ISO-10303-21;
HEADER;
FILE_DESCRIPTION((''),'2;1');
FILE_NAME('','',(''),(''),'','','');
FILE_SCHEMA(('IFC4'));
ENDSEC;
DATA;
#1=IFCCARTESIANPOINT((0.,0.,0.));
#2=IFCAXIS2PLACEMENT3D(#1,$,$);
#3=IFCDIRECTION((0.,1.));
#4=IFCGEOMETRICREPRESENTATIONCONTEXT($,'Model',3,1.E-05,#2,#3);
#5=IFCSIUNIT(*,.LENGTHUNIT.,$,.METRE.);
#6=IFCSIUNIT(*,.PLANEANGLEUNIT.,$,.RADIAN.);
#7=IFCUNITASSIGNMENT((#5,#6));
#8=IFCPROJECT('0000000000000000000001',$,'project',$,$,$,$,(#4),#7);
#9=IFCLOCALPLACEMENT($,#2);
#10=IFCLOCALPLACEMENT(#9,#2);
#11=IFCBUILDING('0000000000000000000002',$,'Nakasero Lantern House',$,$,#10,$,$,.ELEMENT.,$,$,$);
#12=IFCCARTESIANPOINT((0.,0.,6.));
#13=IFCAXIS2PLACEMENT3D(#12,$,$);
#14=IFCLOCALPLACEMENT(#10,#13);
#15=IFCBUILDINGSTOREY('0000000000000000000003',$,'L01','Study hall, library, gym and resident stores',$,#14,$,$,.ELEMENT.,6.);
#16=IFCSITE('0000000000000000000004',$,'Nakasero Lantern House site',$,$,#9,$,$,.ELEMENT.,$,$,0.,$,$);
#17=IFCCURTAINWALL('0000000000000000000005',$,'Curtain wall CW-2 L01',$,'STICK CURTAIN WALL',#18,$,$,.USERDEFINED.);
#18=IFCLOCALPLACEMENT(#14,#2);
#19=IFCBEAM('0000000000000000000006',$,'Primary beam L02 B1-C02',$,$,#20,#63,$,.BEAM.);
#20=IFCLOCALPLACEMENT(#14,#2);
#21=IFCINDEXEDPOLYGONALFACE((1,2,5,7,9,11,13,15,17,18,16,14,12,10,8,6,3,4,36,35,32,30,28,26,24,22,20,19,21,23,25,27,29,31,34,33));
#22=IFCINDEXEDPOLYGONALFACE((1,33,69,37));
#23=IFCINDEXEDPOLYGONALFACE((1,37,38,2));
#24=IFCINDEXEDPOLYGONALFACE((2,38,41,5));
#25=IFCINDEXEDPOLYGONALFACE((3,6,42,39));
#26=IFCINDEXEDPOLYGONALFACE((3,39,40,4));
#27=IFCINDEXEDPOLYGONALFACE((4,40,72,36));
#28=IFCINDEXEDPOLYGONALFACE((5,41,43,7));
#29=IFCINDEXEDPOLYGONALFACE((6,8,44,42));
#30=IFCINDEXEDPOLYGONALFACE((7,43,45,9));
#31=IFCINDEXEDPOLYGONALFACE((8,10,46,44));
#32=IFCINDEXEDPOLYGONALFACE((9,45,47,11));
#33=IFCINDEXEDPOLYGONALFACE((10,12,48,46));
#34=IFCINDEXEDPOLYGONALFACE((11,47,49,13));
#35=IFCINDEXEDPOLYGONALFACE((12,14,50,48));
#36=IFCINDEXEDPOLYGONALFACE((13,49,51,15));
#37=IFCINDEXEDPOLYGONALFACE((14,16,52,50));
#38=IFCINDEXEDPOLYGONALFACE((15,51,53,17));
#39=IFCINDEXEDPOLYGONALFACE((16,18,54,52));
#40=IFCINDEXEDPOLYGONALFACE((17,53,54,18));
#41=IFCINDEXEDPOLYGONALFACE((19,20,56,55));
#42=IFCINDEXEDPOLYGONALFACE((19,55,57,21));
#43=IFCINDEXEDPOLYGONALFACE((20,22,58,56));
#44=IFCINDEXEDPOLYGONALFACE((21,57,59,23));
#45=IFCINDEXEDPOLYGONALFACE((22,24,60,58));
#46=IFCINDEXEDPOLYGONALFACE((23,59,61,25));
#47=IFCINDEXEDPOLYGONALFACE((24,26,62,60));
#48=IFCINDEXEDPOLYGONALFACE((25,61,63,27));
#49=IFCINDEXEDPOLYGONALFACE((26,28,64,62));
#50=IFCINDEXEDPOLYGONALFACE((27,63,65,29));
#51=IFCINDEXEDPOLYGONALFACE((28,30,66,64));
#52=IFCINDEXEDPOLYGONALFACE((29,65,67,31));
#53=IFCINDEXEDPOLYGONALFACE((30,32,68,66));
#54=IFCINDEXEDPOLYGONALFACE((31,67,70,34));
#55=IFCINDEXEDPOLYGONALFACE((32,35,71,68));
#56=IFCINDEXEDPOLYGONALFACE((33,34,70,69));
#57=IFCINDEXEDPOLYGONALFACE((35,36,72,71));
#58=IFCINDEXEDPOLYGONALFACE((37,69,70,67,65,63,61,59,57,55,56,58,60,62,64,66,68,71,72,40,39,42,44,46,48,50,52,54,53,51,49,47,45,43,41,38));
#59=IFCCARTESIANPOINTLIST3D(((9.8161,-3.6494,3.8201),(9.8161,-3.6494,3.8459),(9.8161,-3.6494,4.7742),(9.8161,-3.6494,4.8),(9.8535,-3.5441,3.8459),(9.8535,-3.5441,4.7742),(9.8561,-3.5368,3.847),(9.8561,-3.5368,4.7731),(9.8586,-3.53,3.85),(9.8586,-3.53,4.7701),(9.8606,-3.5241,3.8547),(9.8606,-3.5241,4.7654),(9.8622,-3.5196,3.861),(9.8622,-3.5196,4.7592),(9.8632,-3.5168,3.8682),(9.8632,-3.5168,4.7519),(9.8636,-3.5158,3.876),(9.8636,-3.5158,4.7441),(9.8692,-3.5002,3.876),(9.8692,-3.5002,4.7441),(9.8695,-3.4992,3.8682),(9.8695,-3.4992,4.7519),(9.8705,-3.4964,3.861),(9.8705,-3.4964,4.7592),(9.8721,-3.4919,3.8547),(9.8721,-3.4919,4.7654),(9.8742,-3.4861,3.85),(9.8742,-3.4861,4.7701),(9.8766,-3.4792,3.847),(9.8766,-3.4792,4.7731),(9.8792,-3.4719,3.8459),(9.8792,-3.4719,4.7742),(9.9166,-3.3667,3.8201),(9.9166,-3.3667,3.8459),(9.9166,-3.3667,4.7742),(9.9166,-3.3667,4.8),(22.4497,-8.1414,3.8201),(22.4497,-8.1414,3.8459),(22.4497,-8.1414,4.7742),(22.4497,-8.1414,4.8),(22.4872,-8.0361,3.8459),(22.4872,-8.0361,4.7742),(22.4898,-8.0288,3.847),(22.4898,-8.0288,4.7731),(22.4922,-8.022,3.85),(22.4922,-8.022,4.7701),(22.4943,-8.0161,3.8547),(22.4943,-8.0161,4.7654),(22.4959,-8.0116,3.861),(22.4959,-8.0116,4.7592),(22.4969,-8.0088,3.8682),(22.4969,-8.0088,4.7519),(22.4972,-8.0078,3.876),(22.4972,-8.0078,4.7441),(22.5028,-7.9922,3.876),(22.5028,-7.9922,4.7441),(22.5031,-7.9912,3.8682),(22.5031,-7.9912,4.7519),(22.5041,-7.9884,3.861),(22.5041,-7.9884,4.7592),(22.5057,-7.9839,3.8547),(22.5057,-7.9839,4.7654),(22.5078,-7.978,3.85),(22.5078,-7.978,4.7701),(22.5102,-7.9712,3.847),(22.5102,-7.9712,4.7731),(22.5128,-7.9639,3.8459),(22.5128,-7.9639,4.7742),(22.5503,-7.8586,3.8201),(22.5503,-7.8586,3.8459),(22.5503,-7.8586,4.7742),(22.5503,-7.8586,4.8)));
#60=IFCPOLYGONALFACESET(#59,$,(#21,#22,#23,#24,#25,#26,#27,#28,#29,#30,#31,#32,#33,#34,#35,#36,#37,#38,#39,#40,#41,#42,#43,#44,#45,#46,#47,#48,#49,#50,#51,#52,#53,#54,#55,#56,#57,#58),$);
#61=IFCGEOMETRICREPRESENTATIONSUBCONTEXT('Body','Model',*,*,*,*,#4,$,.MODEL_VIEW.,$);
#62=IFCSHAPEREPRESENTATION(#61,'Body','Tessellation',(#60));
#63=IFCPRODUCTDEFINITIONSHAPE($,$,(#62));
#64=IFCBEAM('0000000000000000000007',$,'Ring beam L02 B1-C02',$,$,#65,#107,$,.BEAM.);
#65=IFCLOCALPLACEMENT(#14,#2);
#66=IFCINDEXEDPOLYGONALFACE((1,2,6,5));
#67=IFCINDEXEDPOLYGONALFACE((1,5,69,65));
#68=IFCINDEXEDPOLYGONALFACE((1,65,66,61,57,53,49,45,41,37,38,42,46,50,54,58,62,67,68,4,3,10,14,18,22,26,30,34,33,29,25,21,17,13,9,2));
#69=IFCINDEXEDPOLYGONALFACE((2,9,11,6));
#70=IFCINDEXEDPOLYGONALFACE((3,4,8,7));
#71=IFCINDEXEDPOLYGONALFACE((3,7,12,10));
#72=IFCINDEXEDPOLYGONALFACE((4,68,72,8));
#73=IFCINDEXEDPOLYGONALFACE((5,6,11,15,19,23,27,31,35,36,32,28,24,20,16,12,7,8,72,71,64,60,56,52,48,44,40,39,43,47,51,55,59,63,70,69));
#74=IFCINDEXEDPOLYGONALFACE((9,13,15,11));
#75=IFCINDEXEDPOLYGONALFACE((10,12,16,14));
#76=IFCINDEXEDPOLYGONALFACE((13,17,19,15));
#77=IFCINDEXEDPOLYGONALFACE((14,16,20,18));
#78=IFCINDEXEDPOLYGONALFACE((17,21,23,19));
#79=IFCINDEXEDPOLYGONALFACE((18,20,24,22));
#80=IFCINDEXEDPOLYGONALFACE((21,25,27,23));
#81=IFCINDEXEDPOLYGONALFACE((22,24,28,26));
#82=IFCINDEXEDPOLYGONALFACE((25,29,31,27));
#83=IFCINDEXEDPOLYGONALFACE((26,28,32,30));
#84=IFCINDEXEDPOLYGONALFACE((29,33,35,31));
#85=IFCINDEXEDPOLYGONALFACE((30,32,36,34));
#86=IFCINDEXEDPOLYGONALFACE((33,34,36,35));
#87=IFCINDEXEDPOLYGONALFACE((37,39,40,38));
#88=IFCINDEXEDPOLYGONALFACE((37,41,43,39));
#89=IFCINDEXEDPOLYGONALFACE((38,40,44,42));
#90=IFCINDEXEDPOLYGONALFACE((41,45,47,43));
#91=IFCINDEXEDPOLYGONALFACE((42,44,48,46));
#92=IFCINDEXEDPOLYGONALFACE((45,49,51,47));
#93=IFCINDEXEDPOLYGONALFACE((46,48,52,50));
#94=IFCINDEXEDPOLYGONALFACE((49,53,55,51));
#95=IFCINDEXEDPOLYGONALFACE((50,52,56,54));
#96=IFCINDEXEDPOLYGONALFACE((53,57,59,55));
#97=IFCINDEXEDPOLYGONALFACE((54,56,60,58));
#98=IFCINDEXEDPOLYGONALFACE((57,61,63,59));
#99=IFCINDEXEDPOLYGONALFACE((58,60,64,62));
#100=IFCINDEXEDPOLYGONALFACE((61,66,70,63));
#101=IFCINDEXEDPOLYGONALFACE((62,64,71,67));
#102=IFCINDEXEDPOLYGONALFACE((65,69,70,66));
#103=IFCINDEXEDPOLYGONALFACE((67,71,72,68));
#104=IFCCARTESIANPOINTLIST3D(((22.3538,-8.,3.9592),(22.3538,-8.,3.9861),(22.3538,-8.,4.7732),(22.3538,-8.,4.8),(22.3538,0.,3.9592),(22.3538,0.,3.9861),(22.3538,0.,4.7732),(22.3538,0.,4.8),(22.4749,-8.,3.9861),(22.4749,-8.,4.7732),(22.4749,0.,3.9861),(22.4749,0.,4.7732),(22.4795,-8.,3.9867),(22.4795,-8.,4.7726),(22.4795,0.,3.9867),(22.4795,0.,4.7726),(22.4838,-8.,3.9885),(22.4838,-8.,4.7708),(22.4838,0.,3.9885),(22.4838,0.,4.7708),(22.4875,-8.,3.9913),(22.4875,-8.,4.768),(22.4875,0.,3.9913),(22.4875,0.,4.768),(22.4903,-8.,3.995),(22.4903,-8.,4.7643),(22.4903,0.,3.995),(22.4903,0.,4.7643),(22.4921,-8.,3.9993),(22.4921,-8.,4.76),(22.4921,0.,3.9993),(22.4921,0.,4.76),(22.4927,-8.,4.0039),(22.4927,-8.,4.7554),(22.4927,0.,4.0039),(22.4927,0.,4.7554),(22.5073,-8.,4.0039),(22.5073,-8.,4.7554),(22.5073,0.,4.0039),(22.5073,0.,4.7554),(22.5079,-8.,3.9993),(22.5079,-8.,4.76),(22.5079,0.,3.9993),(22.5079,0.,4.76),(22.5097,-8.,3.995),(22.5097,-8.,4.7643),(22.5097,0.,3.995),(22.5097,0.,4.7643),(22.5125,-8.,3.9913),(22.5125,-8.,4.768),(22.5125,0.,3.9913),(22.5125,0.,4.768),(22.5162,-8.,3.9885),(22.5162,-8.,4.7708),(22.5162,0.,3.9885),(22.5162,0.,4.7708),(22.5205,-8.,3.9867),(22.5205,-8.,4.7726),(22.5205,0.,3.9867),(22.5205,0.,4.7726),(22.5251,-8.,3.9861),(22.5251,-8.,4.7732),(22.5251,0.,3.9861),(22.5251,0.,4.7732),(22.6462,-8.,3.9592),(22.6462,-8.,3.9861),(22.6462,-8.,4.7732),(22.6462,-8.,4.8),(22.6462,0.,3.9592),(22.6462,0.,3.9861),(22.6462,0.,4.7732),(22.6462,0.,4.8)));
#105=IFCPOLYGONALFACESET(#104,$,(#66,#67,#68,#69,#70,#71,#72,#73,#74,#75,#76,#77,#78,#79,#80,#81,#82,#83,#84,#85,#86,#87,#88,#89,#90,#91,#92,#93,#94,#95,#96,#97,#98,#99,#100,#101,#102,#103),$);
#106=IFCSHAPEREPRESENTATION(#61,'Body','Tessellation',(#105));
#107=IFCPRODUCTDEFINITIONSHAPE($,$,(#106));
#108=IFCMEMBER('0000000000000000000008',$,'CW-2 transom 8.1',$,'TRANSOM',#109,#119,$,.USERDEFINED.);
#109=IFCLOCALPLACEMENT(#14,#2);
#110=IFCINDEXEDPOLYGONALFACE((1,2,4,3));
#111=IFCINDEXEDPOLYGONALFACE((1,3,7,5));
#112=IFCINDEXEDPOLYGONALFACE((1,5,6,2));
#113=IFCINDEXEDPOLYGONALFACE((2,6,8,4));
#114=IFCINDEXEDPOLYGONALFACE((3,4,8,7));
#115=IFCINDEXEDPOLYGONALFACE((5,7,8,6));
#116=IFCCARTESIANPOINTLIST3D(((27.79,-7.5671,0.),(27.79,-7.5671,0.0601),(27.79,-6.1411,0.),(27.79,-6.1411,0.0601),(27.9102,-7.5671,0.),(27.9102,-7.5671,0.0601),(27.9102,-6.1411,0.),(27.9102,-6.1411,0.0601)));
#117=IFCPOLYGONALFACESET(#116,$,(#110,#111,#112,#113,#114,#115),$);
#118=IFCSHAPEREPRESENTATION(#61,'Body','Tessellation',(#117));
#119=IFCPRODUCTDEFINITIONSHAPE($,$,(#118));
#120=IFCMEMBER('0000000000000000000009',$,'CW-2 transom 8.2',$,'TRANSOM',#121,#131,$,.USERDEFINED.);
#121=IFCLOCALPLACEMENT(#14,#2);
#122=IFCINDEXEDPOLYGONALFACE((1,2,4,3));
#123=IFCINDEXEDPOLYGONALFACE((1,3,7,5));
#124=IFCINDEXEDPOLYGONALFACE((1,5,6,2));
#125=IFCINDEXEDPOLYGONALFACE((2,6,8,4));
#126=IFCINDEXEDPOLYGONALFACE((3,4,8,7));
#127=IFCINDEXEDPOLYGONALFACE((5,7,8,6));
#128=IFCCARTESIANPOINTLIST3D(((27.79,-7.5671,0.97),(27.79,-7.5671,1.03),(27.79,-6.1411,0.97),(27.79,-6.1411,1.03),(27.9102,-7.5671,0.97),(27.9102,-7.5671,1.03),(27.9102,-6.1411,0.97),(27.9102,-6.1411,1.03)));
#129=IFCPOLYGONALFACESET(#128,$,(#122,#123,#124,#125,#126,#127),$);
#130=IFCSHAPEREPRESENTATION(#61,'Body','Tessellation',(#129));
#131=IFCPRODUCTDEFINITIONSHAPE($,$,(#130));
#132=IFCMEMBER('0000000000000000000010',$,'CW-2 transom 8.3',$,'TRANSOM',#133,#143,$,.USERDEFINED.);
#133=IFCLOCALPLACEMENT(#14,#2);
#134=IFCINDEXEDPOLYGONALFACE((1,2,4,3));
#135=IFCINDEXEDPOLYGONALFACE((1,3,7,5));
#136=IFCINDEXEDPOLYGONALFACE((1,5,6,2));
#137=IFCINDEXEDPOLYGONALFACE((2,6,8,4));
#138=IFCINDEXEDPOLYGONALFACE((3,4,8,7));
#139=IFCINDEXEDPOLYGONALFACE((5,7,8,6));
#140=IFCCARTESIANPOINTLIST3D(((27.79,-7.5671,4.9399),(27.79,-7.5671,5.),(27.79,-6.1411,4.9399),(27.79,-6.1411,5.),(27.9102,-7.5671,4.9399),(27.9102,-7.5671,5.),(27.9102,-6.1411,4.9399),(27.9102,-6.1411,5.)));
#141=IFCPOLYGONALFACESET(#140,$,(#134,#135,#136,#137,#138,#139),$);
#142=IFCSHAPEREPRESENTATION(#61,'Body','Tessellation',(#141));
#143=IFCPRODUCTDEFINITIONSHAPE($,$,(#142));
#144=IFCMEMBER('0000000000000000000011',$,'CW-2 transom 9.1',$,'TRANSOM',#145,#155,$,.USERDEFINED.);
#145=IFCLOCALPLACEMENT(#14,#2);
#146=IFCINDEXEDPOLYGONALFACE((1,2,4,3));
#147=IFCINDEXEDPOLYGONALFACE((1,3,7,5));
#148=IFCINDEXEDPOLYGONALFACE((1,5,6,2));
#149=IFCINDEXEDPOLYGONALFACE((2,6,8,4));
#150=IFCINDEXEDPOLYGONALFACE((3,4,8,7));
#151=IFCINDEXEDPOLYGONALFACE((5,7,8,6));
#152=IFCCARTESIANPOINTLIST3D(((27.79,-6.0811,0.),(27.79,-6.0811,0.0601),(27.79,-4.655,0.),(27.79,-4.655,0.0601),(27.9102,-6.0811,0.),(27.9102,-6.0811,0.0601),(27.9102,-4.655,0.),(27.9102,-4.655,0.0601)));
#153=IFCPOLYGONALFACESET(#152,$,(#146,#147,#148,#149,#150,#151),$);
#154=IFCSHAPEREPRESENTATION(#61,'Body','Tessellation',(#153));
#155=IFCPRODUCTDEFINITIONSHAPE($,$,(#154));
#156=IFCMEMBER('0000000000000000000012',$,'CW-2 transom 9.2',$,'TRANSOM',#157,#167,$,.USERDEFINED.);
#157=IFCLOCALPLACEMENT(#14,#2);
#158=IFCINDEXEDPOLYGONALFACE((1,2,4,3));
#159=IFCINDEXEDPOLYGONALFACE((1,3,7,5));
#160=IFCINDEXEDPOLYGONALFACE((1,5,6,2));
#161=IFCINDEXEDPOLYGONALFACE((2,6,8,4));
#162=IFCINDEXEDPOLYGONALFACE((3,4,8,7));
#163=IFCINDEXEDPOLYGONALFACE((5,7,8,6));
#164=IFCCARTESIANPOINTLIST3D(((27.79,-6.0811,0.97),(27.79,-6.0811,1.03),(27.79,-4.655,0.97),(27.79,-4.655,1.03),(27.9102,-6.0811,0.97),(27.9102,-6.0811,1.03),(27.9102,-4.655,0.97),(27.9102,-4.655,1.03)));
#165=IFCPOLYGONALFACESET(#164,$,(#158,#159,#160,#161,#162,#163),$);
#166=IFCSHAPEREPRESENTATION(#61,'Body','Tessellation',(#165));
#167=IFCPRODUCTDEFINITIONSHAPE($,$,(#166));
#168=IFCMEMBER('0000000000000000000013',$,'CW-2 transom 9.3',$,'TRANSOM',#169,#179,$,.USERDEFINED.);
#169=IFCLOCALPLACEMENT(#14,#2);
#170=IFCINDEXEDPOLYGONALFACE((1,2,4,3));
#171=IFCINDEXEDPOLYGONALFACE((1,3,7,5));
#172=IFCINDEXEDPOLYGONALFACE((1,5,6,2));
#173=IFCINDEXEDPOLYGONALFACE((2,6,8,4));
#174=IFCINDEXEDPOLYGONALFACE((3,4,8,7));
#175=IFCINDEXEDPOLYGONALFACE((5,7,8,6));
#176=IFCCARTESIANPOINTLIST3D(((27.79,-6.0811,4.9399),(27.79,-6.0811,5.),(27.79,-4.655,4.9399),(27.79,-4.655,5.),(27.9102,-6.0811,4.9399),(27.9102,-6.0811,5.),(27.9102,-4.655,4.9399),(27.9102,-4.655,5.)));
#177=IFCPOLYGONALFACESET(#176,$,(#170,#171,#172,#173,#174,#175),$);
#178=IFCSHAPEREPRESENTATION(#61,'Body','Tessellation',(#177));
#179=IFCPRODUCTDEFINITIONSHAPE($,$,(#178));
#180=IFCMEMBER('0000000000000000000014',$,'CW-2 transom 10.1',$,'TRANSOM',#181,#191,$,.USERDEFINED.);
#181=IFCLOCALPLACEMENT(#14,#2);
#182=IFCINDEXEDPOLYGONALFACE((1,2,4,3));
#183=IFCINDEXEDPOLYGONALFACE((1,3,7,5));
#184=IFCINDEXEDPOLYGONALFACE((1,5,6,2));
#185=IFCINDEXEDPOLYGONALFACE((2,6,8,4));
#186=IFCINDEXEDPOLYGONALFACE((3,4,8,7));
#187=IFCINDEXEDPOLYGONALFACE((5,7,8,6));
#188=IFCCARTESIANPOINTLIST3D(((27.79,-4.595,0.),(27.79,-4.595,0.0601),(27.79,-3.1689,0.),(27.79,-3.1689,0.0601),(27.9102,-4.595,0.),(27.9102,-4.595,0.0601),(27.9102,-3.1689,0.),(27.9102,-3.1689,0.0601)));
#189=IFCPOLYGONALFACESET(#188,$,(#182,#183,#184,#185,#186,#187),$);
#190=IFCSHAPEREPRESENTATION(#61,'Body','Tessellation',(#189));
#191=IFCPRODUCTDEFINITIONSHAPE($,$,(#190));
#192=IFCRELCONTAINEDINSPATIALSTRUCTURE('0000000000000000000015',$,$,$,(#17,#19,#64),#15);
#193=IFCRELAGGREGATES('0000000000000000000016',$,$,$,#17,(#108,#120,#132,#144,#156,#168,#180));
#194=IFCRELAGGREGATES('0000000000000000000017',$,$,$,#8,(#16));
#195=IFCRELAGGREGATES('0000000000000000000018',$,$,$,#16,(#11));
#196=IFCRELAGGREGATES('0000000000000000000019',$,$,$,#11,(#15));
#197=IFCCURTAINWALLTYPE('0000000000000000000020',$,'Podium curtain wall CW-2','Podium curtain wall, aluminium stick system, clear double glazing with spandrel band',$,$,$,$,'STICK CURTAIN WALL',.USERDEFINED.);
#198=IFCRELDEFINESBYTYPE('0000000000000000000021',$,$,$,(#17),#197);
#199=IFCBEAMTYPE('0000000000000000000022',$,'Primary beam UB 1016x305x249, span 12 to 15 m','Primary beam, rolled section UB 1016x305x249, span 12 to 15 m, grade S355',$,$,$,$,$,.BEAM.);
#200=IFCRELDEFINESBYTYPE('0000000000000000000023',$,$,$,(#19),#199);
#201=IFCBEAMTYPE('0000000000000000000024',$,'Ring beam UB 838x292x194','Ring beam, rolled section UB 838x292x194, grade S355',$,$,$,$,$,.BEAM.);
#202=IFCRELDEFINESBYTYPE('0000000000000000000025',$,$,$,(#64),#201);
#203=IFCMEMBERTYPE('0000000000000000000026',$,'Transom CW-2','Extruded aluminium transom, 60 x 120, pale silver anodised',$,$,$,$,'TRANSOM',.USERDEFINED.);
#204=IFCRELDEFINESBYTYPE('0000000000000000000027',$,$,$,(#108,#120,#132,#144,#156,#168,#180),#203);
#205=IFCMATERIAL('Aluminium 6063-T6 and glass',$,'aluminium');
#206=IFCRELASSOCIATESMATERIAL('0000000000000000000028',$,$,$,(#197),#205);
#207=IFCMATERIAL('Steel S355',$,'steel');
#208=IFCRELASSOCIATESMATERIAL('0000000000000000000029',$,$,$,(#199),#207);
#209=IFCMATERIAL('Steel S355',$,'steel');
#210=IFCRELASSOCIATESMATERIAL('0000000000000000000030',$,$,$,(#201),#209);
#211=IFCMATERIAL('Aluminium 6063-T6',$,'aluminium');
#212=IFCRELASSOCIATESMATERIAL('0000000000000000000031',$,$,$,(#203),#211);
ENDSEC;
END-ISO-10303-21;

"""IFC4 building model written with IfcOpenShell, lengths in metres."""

from ifc_helpers import new_model, si_unit, direction, frame, origin, origin_2d, place, context, subcontext, project, spatial, rectangle, i_section, extrude, material, material_profile, profile_set, type_object, element, aggregate, save


model = new_model("IFC4")

# Units and contexts
model_context = context("Model", 3, precision=1e-05, world=origin(), true_north=direction((0.0, 1.0)))
body_context = subcontext(model_context, "Body", "Model", "MODEL_VIEW")
ifc_project = project(units=[si_unit("LENGTHUNIT", "METRE"), si_unit("PLANEANGLEUNIT", "RADIAN")], contexts=[model_context])

# Site, building, storey
site_placement = place(None, origin())
site = spatial("IfcSite", under=ifc_project, at=site_placement, Name="Nakasero Lantern House site", CompositionType="ELEMENT", RefElevation=0.0)
building_placement = place(site_placement, origin())
building = spatial("IfcBuilding", under=site, at=building_placement, Name="Nakasero Lantern House", CompositionType="ELEMENT")
storey_placement = place(building_placement, frame((0.0, 0.0, 6.0)))
storey = spatial("IfcBuildingStorey", under=building, at=storey_placement, Name="L01", Description="Study hall, library, gym and resident stores", CompositionType="ELEMENT", Elevation=6.0)

# Curtain wall
ifc_material_1 = material(Name="Aluminium 6063-T6 and glass", Category="aluminium")
curtain_wall_type = type_object("IfcCurtainWallType", Name="Podium curtain wall CW-2", Description="Podium curtain wall, aluminium stick system, clear double glazing with spandrel band", ElementType="STICK CURTAIN WALL", PredefinedType="USERDEFINED", material=ifc_material_1)
curtain_wall_placement = place(storey_placement, origin())
curtain_wall = element("IfcCurtainWall", 1, at=curtain_wall_placement, inside=storey, type_object=curtain_wall_type, Name="Curtain wall CW-2 L01", ObjectType="STICK CURTAIN WALL", PredefinedType="USERDEFINED")

# Beams
ifc_material_2 = material(Name="Steel S355", Category="steel")
ifc_material_profile_1 = material_profile(ifc_material_2, i_section(OverallWidth=0.3, OverallDepth=0.98, WebThickness=0.0166, FlangeThickness=0.0259, FilletRadius=0.03, at=origin_2d()), Name="UB 1016x305x249")
ifc_profile_set_1 = profile_set([ifc_material_profile_1], Name="Steel S355")
beam_type_1 = type_object("IfcBeamType", Name="Primary beam UB 1016x305x249, span 12 to 15 m", Description="Primary beam, rolled section UB 1016x305x249, span 12 to 15 m, grade S355", PredefinedType="BEAM", material=ifc_profile_set_1)
beam_1_placement = place(storey_placement, frame((22.5, -8.0, 4.3101), z_axis=(-0.942214, 0.335011, 0.0), x_axis=(-0.335011, -0.942214, 0.0)))
element("IfcBeam", 2, at=beam_1_placement, inside=storey, type_object=beam_type_1, Name="Primary beam L02 B1-C02", PredefinedType="BEAM", context=body_context, shape_type="SweptSolid", body=[
    extrude(i_section(OverallWidth=0.3, OverallDepth=0.98, WebThickness=0.0166, FlangeThickness=0.0259, FilletRadius=0.03, at=origin_2d()), origin(), (0.0, 0.0, 1.0), 13.4084),
])
ifc_material_3 = material(Name="Steel S355", Category="steel")
ifc_material_profile_2 = material_profile(ifc_material_3, i_section(OverallWidth=0.2925, OverallDepth=0.8408, WebThickness=0.0146, FlangeThickness=0.0269, FilletRadius=0.0178, at=origin_2d()), Name="UB 838x292x194")
ifc_profile_set_2 = profile_set([ifc_material_profile_2], Name="Steel S355")
beam_type_2 = type_object("IfcBeamType", Name="Ring beam UB 838x292x194", Description="Ring beam, rolled section UB 838x292x194, grade S355", PredefinedType="BEAM", material=ifc_profile_set_2)
beam_2_placement = place(storey_placement, frame((22.5, -8.0, 4.3796), z_axis=(0.0, 1.0, 0.0), x_axis=(-1.0, 0.0, 0.0)))
element("IfcBeam", 3, at=beam_2_placement, inside=storey, type_object=beam_type_2, Name="Ring beam L02 B1-C02", PredefinedType="BEAM", context=body_context, shape_type="SweptSolid", body=[
    extrude(i_section(OverallWidth=0.2925, OverallDepth=0.8408, WebThickness=0.0146, FlangeThickness=0.0269, FilletRadius=0.0178, at=origin_2d()), origin(), (0.0, 0.0, 1.0), 8.0),
])

# Members
ifc_material_4 = material(Name="Aluminium 6063-T6", Category="aluminium")
ifc_material_profile_3 = material_profile(ifc_material_4, rectangle(XDim=0.0601, YDim=0.1201, at=origin_2d()), Name="CW-2 transom 60x120")
ifc_profile_set_3 = profile_set([ifc_material_profile_3], Name="Aluminium 6063-T6")
member_type_1 = type_object("IfcMemberType", Name="Transom CW-2", Description="Extruded aluminium transom, 60 x 120, pale silver anodised", ElementType="TRANSOM", PredefinedType="USERDEFINED", material=ifc_profile_set_3)
member_1_placement = place(storey_placement, frame((27.8501, -7.5671, 0.03), z_axis=(0.0, 1.0, 0.0), x_axis=(0.0, 0.0, 1.0)))
member_1 = element("IfcMember", 4, at=member_1_placement, type_object=member_type_1, Name="CW-2 transom 8.1", ObjectType="TRANSOM", PredefinedType="USERDEFINED", context=body_context, shape_type="SweptSolid", body=[
    extrude(rectangle(XDim=0.0601, YDim=0.1201, at=origin_2d()), origin(), (0.0, 0.0, 1.0), 1.426),
])
member_2_placement = place(storey_placement, frame((27.8501, -7.5671, 1.0), z_axis=(0.0, 1.0, 0.0), x_axis=(0.0, 0.0, 1.0)))
member_2 = element("IfcMember", 5, at=member_2_placement, type_object=member_type_1, Name="CW-2 transom 8.2", ObjectType="TRANSOM", PredefinedType="USERDEFINED", context=body_context, shape_type="SweptSolid", body=[
    extrude(rectangle(XDim=0.0601, YDim=0.1201, at=origin_2d()), origin(), (0.0, 0.0, 1.0), 1.426),
])
member_3_placement = place(storey_placement, frame((27.8501, -7.5671, 4.97), z_axis=(0.0, 1.0, 0.0), x_axis=(0.0, 0.0, 1.0)))
member_3 = element("IfcMember", 6, at=member_3_placement, type_object=member_type_1, Name="CW-2 transom 8.3", ObjectType="TRANSOM", PredefinedType="USERDEFINED", context=body_context, shape_type="SweptSolid", body=[
    extrude(rectangle(XDim=0.0601, YDim=0.1201, at=origin_2d()), origin(), (0.0, 0.0, 1.0), 1.426),
])
member_4_placement = place(storey_placement, frame((27.8501, -6.0811, 0.03), z_axis=(0.0, 1.0, 0.0), x_axis=(0.0, 0.0, 1.0)))
member_4 = element("IfcMember", 7, at=member_4_placement, type_object=member_type_1, Name="CW-2 transom 9.1", ObjectType="TRANSOM", PredefinedType="USERDEFINED", context=body_context, shape_type="SweptSolid", body=[
    extrude(rectangle(XDim=0.0601, YDim=0.1201, at=origin_2d()), origin(), (0.0, 0.0, 1.0), 1.426),
])
member_5_placement = place(storey_placement, frame((27.8501, -6.0811, 1.0), z_axis=(0.0, 1.0, 0.0), x_axis=(0.0, 0.0, 1.0)))
member_5 = element("IfcMember", 8, at=member_5_placement, type_object=member_type_1, Name="CW-2 transom 9.2", ObjectType="TRANSOM", PredefinedType="USERDEFINED", context=body_context, shape_type="SweptSolid", body=[
    extrude(rectangle(XDim=0.0601, YDim=0.1201, at=origin_2d()), origin(), (0.0, 0.0, 1.0), 1.426),
])
member_6_placement = place(storey_placement, frame((27.8501, -6.0811, 4.97), z_axis=(0.0, 1.0, 0.0), x_axis=(0.0, 0.0, 1.0)))
member_6 = element("IfcMember", 9, at=member_6_placement, type_object=member_type_1, Name="CW-2 transom 9.3", ObjectType="TRANSOM", PredefinedType="USERDEFINED", context=body_context, shape_type="SweptSolid", body=[
    extrude(rectangle(XDim=0.0601, YDim=0.1201, at=origin_2d()), origin(), (0.0, 0.0, 1.0), 1.426),
])
member_7_placement = place(storey_placement, frame((27.8501, -4.595, 0.03), z_axis=(0.0, 1.0, 0.0), x_axis=(0.0, 0.0, 1.0)))
member_7 = element("IfcMember", 10, at=member_7_placement, type_object=member_type_1, Name="CW-2 transom 10.1", ObjectType="TRANSOM", PredefinedType="USERDEFINED", context=body_context, shape_type="SweptSolid", body=[
    extrude(rectangle(XDim=0.0601, YDim=0.1201, at=origin_2d()), origin(), (0.0, 0.0, 1.0), 1.426),
])

aggregate(curtain_wall, [member_1, member_2, member_3, member_4, member_5, member_6, member_7])

save(model, "model.ifc")
